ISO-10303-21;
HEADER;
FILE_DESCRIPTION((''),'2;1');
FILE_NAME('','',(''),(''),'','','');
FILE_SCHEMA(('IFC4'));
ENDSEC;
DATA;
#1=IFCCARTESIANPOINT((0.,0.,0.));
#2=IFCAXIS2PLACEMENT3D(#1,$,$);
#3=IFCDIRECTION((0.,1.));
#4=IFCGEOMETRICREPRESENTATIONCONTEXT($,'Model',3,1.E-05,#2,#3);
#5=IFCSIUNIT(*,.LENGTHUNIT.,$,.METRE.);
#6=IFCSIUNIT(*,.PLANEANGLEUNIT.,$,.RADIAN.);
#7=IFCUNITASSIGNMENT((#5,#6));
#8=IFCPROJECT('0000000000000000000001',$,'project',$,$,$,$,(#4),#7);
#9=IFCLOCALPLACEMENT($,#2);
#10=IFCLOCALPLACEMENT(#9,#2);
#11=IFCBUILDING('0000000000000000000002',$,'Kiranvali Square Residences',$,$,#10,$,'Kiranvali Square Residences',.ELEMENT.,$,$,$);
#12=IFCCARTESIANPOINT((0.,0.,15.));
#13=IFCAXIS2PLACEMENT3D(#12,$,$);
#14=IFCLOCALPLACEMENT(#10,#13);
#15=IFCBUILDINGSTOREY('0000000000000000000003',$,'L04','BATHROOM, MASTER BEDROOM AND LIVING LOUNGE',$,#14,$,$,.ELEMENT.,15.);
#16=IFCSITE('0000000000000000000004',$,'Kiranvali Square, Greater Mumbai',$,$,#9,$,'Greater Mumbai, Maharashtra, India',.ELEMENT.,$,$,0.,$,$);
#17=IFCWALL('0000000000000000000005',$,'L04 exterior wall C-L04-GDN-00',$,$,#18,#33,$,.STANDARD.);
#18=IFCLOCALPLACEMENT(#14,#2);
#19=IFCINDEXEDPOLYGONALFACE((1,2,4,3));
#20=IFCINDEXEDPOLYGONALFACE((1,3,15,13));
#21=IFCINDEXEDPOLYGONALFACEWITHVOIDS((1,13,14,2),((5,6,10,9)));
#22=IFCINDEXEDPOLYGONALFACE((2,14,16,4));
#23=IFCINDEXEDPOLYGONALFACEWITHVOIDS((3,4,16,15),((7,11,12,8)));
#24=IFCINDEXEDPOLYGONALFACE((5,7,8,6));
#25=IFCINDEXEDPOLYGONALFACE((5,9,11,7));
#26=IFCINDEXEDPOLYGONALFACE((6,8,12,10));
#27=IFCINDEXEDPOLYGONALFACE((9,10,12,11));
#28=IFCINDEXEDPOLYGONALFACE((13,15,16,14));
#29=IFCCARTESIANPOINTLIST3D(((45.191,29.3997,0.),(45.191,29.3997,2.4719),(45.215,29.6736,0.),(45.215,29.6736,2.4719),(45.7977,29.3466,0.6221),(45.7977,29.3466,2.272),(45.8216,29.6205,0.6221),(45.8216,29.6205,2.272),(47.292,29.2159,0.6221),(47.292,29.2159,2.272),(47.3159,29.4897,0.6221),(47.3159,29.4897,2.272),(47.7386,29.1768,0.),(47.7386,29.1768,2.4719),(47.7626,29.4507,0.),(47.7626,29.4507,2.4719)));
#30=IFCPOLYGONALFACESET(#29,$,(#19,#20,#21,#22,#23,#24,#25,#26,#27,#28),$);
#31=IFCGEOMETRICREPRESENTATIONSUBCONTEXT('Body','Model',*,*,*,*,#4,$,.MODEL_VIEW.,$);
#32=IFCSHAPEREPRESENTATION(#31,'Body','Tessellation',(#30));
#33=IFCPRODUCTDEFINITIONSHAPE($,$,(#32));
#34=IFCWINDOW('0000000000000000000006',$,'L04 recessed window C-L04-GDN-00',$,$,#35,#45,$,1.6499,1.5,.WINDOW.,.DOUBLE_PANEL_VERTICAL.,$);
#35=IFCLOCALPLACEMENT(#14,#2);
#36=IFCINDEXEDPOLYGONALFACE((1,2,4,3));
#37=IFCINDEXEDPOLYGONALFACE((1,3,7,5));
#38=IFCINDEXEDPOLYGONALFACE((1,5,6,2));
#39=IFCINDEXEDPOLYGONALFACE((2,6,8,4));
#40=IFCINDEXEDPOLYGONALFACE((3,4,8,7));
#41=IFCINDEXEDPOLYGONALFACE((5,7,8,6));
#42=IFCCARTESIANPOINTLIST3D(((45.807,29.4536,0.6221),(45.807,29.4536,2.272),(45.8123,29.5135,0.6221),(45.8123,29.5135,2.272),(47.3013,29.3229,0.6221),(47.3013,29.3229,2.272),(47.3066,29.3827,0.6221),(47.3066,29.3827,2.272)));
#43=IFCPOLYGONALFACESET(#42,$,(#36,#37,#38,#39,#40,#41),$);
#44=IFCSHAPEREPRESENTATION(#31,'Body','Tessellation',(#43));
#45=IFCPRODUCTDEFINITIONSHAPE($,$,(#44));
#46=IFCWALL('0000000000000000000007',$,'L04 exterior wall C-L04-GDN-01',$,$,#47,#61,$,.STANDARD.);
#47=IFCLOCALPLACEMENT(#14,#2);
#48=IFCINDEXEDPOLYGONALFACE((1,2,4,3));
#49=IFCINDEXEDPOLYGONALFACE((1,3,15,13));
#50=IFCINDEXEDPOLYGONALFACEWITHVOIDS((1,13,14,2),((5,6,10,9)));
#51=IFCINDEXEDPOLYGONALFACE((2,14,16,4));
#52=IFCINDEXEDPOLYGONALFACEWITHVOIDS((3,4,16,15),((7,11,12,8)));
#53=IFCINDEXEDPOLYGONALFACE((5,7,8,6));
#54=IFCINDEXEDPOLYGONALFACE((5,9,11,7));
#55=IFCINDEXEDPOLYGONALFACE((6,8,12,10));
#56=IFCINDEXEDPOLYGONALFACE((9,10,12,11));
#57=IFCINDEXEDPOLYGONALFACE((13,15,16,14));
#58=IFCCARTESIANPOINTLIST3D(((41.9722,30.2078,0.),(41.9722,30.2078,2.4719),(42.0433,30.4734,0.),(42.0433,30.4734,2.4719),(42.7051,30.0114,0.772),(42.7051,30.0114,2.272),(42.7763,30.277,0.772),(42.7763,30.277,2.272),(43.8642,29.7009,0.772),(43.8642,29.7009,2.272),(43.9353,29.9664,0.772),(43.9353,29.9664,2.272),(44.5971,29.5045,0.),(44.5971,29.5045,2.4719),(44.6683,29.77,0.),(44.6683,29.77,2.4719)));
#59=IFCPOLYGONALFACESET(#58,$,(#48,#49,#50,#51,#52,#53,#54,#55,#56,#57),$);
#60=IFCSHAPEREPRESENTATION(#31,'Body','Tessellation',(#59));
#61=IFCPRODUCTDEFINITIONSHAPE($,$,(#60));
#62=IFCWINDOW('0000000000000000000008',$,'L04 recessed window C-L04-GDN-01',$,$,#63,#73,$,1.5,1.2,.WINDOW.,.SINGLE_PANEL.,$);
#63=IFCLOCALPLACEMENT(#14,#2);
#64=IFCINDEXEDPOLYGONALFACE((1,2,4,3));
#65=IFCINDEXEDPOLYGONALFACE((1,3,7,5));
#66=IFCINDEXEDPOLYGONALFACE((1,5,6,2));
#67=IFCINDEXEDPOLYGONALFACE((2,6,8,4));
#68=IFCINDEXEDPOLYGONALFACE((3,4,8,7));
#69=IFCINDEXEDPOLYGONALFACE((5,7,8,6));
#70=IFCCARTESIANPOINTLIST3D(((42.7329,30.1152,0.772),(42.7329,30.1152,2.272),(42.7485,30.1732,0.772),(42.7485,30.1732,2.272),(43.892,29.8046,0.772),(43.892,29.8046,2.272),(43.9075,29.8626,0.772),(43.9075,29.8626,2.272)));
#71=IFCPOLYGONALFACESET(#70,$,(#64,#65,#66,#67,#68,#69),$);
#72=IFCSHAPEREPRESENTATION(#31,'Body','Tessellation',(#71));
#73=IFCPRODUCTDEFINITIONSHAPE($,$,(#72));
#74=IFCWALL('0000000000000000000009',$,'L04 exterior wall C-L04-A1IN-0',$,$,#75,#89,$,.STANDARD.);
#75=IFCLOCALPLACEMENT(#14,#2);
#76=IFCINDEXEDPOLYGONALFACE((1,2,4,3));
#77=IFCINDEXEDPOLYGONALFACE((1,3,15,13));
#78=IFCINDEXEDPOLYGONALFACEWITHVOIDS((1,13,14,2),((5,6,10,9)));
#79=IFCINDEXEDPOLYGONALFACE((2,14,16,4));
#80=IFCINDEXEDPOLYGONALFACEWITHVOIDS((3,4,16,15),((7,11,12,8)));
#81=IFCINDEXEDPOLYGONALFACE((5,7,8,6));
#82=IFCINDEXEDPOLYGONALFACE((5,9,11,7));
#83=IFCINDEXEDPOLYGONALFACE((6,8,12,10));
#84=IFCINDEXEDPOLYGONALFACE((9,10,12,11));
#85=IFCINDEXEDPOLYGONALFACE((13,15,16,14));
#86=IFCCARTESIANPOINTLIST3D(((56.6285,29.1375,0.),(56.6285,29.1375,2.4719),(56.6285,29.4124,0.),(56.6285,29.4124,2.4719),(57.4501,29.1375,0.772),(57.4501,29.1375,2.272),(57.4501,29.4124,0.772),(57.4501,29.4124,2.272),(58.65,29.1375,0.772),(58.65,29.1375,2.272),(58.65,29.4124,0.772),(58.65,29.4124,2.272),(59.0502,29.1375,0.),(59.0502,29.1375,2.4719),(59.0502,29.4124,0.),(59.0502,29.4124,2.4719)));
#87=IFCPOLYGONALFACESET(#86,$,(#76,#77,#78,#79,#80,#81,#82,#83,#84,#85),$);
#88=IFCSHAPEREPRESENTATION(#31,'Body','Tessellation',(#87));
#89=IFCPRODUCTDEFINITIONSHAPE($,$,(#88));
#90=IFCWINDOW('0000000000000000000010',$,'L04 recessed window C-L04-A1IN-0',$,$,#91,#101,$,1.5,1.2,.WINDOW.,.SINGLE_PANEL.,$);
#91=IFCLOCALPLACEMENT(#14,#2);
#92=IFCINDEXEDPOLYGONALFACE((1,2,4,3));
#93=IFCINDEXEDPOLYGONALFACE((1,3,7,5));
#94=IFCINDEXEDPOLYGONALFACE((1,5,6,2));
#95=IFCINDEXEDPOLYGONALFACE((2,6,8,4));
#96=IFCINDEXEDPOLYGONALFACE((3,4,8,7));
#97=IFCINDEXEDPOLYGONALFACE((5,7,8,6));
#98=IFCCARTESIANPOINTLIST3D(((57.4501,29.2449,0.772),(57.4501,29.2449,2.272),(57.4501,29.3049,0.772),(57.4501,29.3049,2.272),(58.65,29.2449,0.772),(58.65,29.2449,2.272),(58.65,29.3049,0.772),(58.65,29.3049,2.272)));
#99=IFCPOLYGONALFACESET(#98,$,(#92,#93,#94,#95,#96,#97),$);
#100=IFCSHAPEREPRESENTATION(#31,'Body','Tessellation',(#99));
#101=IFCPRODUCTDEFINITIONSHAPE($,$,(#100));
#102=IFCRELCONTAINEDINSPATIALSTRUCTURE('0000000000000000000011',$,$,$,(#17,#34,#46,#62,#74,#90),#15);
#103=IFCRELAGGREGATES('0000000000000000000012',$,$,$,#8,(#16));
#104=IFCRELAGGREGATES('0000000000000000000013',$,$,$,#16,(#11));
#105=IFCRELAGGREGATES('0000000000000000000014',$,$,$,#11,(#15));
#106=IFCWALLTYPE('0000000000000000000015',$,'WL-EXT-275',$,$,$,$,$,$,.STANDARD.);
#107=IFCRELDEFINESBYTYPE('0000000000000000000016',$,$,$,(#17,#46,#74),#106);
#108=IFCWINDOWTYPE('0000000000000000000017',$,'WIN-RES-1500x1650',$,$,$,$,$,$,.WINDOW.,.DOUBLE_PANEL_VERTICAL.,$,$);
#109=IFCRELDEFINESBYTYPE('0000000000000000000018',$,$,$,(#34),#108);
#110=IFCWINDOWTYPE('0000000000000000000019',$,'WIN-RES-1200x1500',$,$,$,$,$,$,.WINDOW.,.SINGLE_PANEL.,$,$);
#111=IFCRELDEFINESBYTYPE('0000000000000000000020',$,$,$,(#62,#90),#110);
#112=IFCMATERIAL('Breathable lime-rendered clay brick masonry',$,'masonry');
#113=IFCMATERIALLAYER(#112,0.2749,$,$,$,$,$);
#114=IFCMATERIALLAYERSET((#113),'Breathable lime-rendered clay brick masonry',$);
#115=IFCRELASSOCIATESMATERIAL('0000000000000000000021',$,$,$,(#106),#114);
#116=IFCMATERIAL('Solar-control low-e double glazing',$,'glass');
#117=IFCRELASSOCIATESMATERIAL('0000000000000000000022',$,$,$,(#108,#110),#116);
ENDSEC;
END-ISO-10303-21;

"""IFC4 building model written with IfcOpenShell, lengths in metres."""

from ifc_helpers import new_model, si_unit, direction, frame, frame_2d, origin, place, context, subcontext, project, spatial, rectangle, extrude, material, layer, layer_set, type_object, element, fill, save


model = new_model("IFC4")

# Units and contexts
model_context = context("Model", 3, precision=1e-05, world=origin(), true_north=direction((0.0, 1.0)))
body_context = subcontext(model_context, "Body", "Model", "MODEL_VIEW")
ifc_project = project(units=[si_unit("LENGTHUNIT", "METRE"), si_unit("PLANEANGLEUNIT", "RADIAN")], contexts=[model_context])

# Site, building, storey
site_placement = place(None, origin())
site = spatial("IfcSite", under=ifc_project, at=site_placement, Name="Kiranvali Square, Greater Mumbai", LongName="Greater Mumbai, Maharashtra, India", CompositionType="ELEMENT", RefElevation=0.0)
building_placement = place(site_placement, origin())
building = spatial("IfcBuilding", under=site, at=building_placement, Name="Kiranvali Square Residences", LongName="Kiranvali Square Residences", CompositionType="ELEMENT")
storey_placement = place(building_placement, frame((0.0, 0.0, 15.0)))
storey = spatial("IfcBuildingStorey", under=building, at=storey_placement, Name="L04", Description="BATHROOM, MASTER BEDROOM AND LIVING LOUNGE", CompositionType="ELEMENT", Elevation=15.0)

# Walls, openings, windows
ifc_material_1 = material(Name="Breathable lime-rendered clay brick masonry", Category="masonry")
ifc_layer_1 = layer(ifc_material_1, 0.2749)
ifc_layer_set_1 = layer_set([ifc_layer_1], Name="Breathable lime-rendered clay brick masonry")
wall_type_1 = type_object("IfcWallType", Name="WL-EXT-275", PredefinedType="STANDARD", material=ifc_layer_set_1)
wall_1_placement = place(storey_placement, frame((47.7507, 29.3137, 0.0), z_axis=(0.0, 0.0, 1.0), x_axis=(-0.996194, 0.087161, 0.0)))
wall_1 = element("IfcWall", 1, at=wall_1_placement, inside=storey, type_object=wall_type_1, Name="L04 exterior wall C-L04-GDN-00", PredefinedType="STANDARD", context=body_context, shape_type="SweptSolid", body=[
    extrude(rectangle(XDim=2.5574, YDim=0.2749, at=frame_2d((1.2788, 0.0))), origin(), (0.0, 0.0, 1.0), 2.4719),
])
opening_1_placement = place(wall_1_placement, frame((0.4485, 0.0, 0.6221)))
opening_1 = element("IfcOpeningElement", 2, at=opening_1_placement, cuts=wall_1, PredefinedType="OPENING", context=body_context, shape_type="SweptSolid", body=[
    extrude(rectangle(XDim=1.5, YDim=1.6499, at=frame_2d((0.75, 0.825))), frame((0.0, 0.1475, 0.0), z_axis=(0.0, -1.0, 0.0), x_axis=(1.0, 0.0, 0.0)), (0.0, 0.0, 1.0), 0.2949),
])
ifc_material_2 = material(Name="Solar-control low-e double glazing", Category="glass")
window_type_1 = type_object("IfcWindowType", Name="WIN-RES-1500x1650", PartitioningType="DOUBLE_PANEL_VERTICAL", PredefinedType="WINDOW", material=ifc_material_2)
window_1_placement = place(opening_1_placement, origin())
window_1 = element("IfcWindow", 3, at=window_1_placement, inside=storey, type_object=window_type_1, Name="L04 recessed window C-L04-GDN-00", OverallHeight=1.6499, OverallWidth=1.5, PartitioningType="DOUBLE_PANEL_VERTICAL", PredefinedType="WINDOW", context=body_context, shape_type="SweptSolid", body=[
    extrude(rectangle(XDim=1.5, YDim=1.6499, at=frame_2d((0.75, 0.825))), frame((0.0, 0.03, 0.0), z_axis=(0.0, -1.0, 0.0), x_axis=(1.0, 0.0, 0.0)), (0.0, 0.0, 1.0), 0.0601),
])
fill(opening_1, window_1)
wall_2_placement = place(storey_placement, frame((44.6328, 29.6372, 0.0), z_axis=(0.0, 0.0, 1.0), x_axis=(-0.965926, 0.25882, 0.0)))
wall_2 = element("IfcWall", 4, at=wall_2_placement, inside=storey, type_object=wall_type_1, Name="L04 exterior wall C-L04-GDN-01", PredefinedType="STANDARD", context=body_context, shape_type="SweptSolid", body=[
    extrude(rectangle(XDim=2.7175, YDim=0.2749, at=frame_2d((1.3589, 0.0))), origin(), (0.0, 0.0, 1.0), 2.4719),
])
opening_2_placement = place(wall_2_placement, frame((0.7588, 0.0, 0.772)))
opening_2 = element("IfcOpeningElement", 5, at=opening_2_placement, cuts=wall_2, PredefinedType="OPENING", context=body_context, shape_type="SweptSolid", body=[
    extrude(rectangle(XDim=1.2, YDim=1.5, at=frame_2d((0.6001, 0.75))), frame((0.0, 0.1475, 0.0), z_axis=(0.0, -1.0, 0.0), x_axis=(1.0, 0.0, 0.0)), (0.0, 0.0, 1.0), 0.2949),
])
window_type_2 = type_object("IfcWindowType", Name="WIN-RES-1200x1500", PartitioningType="SINGLE_PANEL", PredefinedType="WINDOW", material=ifc_material_2)
window_2_placement = place(opening_2_placement, origin())
window_2 = element("IfcWindow", 6, at=window_2_placement, inside=storey, type_object=window_type_2, Name="L04 recessed window C-L04-GDN-01", OverallHeight=1.5, OverallWidth=1.2, PartitioningType="SINGLE_PANEL", PredefinedType="WINDOW", context=body_context, shape_type="SweptSolid", body=[
    extrude(rectangle(XDim=1.2, YDim=1.5, at=frame_2d((0.6001, 0.75))), frame((0.0, 0.03, 0.0), z_axis=(0.0, -1.0, 0.0), x_axis=(1.0, 0.0, 0.0)), (0.0, 0.0, 1.0), 0.0601),
])
fill(opening_2, window_2)

# Wall, opening, window
wall_3_placement = place(storey_placement, frame((56.6284, 29.2749, 0.0), z_axis=(0.0, 0.0, 1.0), x_axis=(1.0, 0.0, 0.0)))
wall_3 = element("IfcWall", 7, at=wall_3_placement, inside=storey, type_object=wall_type_1, Name="L04 exterior wall C-L04-A1IN-0", PredefinedType="STANDARD", context=body_context, shape_type="SweptSolid", body=[
    extrude(rectangle(XDim=2.4216, YDim=0.2749, at=frame_2d((1.2109, 0.0))), origin(), (0.0, 0.0, 1.0), 2.4719),
])
opening_3_placement = place(wall_3_placement, frame((0.8215, 0.0, 0.772)))
opening_3 = element("IfcOpeningElement", 8, at=opening_3_placement, cuts=wall_3, PredefinedType="OPENING", context=body_context, shape_type="SweptSolid", body=[
    extrude(rectangle(XDim=1.2, YDim=1.5, at=frame_2d((0.6001, 0.75))), frame((0.0, 0.1475, 0.0), z_axis=(0.0, -1.0, 0.0), x_axis=(1.0, 0.0, 0.0)), (0.0, 0.0, 1.0), 0.2949),
])
window_3_placement = place(opening_3_placement, origin())
window_3 = element("IfcWindow", 9, at=window_3_placement, inside=storey, type_object=window_type_2, Name="L04 recessed window C-L04-A1IN-0", OverallHeight=1.5, OverallWidth=1.2, PartitioningType="SINGLE_PANEL", PredefinedType="WINDOW", context=body_context, shape_type="SweptSolid", body=[
    extrude(rectangle(XDim=1.2, YDim=1.5, at=frame_2d((0.6001, 0.75))), frame((0.0, 0.03, 0.0), z_axis=(0.0, -1.0, 0.0), x_axis=(1.0, 0.0, 0.0)), (0.0, 0.0, 1.0), 0.0601),
])
fill(opening_3, window_3)

save(model, "model.ifc")
